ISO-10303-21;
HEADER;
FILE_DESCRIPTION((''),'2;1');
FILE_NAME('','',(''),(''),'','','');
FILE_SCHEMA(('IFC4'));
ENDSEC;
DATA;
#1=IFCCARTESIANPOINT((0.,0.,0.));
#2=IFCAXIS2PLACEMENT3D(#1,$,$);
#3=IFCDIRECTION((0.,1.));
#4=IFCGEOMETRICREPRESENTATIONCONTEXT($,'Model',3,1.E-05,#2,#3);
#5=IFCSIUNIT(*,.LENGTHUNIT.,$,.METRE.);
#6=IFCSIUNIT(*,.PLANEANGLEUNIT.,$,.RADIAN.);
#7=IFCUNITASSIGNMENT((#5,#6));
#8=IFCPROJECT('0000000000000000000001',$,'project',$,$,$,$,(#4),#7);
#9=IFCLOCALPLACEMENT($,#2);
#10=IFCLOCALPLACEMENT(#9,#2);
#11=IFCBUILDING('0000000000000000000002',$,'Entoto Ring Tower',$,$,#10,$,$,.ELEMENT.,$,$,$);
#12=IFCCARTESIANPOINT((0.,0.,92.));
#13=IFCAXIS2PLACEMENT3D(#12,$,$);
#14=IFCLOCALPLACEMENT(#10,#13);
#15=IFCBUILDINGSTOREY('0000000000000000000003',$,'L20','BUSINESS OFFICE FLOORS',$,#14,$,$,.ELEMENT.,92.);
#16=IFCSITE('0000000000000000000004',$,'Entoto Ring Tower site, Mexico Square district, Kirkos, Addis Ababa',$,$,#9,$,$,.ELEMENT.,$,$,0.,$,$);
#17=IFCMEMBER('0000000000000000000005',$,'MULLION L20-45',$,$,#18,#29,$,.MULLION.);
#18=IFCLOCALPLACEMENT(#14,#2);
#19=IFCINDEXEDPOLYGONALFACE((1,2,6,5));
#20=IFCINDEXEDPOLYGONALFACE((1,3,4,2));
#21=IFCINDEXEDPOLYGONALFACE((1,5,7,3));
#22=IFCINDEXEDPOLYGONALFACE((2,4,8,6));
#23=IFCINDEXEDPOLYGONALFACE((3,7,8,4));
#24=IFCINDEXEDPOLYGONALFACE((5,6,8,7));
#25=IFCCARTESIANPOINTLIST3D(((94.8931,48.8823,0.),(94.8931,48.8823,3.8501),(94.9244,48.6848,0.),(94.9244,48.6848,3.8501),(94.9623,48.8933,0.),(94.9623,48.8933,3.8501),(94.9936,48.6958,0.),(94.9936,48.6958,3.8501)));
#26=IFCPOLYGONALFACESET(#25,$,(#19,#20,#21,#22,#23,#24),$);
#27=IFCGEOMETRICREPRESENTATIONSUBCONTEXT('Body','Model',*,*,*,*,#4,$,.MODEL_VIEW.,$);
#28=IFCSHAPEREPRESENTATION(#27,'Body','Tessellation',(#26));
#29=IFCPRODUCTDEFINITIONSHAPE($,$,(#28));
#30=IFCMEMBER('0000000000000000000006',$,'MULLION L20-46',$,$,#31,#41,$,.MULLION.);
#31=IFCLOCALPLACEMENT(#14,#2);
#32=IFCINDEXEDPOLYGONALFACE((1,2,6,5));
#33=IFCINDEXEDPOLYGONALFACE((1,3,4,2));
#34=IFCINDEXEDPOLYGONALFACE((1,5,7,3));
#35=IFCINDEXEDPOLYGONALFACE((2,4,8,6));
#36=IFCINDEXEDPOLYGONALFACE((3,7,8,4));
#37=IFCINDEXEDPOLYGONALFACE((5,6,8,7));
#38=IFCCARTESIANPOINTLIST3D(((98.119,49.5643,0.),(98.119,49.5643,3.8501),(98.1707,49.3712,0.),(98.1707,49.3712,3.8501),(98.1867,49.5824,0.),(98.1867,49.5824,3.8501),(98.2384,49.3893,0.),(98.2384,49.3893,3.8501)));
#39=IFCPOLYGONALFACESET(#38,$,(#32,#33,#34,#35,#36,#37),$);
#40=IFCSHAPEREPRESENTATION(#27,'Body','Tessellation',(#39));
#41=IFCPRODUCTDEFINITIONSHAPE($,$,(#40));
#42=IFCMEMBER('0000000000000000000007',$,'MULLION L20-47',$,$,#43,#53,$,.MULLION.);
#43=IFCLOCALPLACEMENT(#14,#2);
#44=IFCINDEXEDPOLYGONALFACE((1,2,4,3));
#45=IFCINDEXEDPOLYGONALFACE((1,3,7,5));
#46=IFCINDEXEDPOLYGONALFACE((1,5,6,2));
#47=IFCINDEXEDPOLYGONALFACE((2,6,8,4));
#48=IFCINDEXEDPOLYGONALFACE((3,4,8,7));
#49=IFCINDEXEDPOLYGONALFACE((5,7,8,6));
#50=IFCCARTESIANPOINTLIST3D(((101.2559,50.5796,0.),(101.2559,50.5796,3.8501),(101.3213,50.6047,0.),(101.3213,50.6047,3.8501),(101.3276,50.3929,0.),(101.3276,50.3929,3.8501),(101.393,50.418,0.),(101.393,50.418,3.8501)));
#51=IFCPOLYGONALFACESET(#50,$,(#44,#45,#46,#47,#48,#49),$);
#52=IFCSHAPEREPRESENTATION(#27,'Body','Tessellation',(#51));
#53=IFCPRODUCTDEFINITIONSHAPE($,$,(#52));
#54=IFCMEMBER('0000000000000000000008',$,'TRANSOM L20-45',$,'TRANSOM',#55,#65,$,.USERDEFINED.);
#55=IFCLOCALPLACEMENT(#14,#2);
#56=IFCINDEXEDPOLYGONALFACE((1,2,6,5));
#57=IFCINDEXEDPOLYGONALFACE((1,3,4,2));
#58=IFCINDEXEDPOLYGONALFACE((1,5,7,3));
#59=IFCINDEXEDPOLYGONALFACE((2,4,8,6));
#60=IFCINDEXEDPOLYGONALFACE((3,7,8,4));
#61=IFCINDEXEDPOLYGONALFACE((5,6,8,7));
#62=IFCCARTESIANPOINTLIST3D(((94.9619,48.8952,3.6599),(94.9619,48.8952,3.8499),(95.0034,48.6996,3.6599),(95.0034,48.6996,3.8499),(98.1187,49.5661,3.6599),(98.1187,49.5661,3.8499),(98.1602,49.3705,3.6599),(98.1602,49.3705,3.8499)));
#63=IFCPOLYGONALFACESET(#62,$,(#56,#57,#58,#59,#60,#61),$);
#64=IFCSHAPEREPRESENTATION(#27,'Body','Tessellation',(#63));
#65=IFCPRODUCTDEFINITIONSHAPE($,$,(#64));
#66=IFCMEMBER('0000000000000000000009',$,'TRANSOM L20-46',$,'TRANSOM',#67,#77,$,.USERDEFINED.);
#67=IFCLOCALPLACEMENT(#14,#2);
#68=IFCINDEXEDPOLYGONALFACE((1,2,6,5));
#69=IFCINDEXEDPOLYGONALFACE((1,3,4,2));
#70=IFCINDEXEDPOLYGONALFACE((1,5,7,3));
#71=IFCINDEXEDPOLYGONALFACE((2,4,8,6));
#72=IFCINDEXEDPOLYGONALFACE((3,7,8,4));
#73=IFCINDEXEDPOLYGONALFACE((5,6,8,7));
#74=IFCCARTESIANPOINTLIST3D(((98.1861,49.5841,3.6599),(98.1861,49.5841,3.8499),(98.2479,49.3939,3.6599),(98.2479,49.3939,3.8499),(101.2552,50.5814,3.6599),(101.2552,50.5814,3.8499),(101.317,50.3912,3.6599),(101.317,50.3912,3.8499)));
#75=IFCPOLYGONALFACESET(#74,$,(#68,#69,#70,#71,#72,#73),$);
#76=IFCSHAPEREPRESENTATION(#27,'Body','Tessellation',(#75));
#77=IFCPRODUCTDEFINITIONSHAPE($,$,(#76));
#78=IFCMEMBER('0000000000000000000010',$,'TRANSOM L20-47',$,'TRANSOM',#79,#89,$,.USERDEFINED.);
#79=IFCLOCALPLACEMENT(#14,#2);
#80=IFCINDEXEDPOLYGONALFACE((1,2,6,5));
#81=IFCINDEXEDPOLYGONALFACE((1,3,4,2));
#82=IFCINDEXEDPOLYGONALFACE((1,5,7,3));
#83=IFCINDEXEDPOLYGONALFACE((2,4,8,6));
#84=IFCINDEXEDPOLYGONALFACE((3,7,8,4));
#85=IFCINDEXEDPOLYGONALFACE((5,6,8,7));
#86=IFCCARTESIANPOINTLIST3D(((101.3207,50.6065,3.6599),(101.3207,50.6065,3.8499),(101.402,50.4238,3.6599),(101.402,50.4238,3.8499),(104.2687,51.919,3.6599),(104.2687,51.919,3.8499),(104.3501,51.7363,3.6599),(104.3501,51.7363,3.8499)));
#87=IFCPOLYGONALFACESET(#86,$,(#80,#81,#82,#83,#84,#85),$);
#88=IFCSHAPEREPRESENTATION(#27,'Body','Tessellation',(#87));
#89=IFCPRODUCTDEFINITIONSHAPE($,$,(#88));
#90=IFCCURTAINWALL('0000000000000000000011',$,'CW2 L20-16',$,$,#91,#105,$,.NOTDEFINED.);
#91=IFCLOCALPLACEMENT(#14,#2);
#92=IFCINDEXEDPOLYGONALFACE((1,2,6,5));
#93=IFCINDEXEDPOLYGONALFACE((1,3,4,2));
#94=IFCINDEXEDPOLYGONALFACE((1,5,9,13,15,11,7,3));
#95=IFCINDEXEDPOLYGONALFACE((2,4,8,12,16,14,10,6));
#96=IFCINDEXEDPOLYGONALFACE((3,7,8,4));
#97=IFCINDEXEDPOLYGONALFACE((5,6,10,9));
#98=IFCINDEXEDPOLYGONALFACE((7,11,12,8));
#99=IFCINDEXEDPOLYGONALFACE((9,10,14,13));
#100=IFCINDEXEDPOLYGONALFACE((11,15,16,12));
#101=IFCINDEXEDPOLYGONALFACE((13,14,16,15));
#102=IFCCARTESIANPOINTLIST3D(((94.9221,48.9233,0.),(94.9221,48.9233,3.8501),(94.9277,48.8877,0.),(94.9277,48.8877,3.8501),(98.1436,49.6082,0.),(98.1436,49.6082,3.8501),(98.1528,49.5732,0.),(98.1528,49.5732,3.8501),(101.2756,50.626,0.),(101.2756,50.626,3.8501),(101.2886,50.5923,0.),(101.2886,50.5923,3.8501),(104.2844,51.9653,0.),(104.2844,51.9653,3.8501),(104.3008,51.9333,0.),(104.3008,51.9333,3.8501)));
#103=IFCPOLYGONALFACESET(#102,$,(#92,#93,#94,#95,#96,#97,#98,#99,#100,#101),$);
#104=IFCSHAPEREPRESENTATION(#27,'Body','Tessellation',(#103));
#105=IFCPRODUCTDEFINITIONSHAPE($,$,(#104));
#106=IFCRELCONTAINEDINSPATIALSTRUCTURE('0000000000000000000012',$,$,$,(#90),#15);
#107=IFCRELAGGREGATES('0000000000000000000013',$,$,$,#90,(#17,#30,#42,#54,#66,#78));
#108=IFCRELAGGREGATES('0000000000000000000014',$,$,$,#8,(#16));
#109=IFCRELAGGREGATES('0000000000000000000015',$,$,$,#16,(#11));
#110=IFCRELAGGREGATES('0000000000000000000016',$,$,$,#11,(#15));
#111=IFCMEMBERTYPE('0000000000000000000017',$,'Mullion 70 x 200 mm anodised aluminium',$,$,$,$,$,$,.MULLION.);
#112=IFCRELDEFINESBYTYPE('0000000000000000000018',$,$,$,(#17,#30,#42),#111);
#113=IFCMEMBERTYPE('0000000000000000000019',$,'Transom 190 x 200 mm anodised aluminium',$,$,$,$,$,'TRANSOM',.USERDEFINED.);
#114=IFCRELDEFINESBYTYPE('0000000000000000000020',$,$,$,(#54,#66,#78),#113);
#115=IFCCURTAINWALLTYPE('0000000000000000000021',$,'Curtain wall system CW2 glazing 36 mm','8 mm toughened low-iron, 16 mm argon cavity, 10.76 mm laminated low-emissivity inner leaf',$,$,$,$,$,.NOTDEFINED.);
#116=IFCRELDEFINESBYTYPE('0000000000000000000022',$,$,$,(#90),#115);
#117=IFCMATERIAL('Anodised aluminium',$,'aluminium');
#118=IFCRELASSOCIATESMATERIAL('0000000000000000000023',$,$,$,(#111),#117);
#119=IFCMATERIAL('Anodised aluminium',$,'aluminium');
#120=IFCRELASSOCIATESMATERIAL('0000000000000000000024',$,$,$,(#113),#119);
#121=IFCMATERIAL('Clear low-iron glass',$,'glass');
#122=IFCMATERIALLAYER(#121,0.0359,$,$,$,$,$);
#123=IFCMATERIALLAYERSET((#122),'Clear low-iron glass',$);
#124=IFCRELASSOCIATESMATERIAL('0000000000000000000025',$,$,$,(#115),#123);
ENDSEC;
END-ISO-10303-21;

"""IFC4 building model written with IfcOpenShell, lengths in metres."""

from ifc_helpers import new_model, si_unit, direction, frame, origin, origin_2d, place, context, subcontext, project, spatial, polyline, rectangle, outline, extrude, material, layer, layer_set, material_profile, profile_set, type_object, element, aggregate, save


model = new_model("IFC4")

# Units and contexts
model_context = context("Model", 3, precision=1e-05, world=origin(), true_north=direction((0.0, 1.0)))
body_context = subcontext(model_context, "Body", "Model", "MODEL_VIEW")
ifc_project = project(units=[si_unit("LENGTHUNIT", "METRE"), si_unit("PLANEANGLEUNIT", "RADIAN")], contexts=[model_context])

# Members
ifc_material_1 = material(Name="Anodised aluminium", Category="aluminium")
ifc_material_profile_1 = material_profile(ifc_material_1, rectangle(XDim=0.0701, YDim=0.2, at=origin_2d()), Name="Mullion 70 x 200 mm anodised aluminium")
ifc_profile_set_1 = profile_set([ifc_material_profile_1], Name="Anodised aluminium")
member_type_1 = type_object("IfcMemberType", Name="Mullion 70 x 200 mm anodised aluminium", PredefinedType="MULLION", material=ifc_profile_set_1)
site_placement = place(None, origin())
building_placement = place(site_placement, origin())
storey_placement = place(building_placement, frame((0.0, 0.0, 92.0)))
member_1_placement = place(storey_placement, frame((94.9434, 48.7891, 0.0), z_axis=(0.0, 0.0, 1.0), x_axis=(0.987688, 0.156434, 0.0)))
member_1 = element("IfcMember", 1, at=member_1_placement, type_object=member_type_1, Name="MULLION L20-45", PredefinedType="MULLION", context=body_context, shape_type="SweptSolid", body=[
    extrude(rectangle(XDim=0.0701, YDim=0.2, at=origin_2d()), origin(), (0.0, 0.0, 1.0), 3.8501),
])
member_2_placement = place(storey_placement, frame((98.1787, 49.4768, 0.0), z_axis=(0.0, 0.0, 1.0), x_axis=(0.965926, 0.258819, 0.0)))
member_2 = element("IfcMember", 2, at=member_2_placement, type_object=member_type_1, Name="MULLION L20-46", PredefinedType="MULLION", context=body_context, shape_type="SweptSolid", body=[
    extrude(rectangle(XDim=0.0701, YDim=0.2, at=origin_2d()), origin(), (0.0, 0.0, 1.0), 3.8501),
])
member_3_placement = place(storey_placement, frame((101.3245, 50.4988, 0.0), z_axis=(0.0, 0.0, 1.0), x_axis=(0.93358, 0.358368, 0.0)))
member_3 = element("IfcMember", 3, at=member_3_placement, type_object=member_type_1, Name="MULLION L20-47", PredefinedType="MULLION", context=body_context, shape_type="SweptSolid", body=[
    extrude(rectangle(XDim=0.0701, YDim=0.2, at=origin_2d()), origin(), (0.0, 0.0, 1.0), 3.8501),
])
ifc_material_2 = material(Name="Anodised aluminium", Category="aluminium")
ifc_material_profile_2 = material_profile(ifc_material_2, rectangle(XDim=0.2, YDim=0.1899, at=origin_2d()), Name="Transom 190 x 200 mm anodised aluminium")
ifc_profile_set_2 = profile_set([ifc_material_profile_2], Name="Anodised aluminium")
member_type_2 = type_object("IfcMemberType", Name="Transom 190 x 200 mm anodised aluminium", ElementType="TRANSOM", PredefinedType="USERDEFINED", material=ifc_profile_set_2)
member_4_placement = place(storey_placement, frame((94.9827, 48.7974, 3.7549), z_axis=(0.978153, 0.207886, 0.0), x_axis=(-0.207886, 0.978153, 0.0)))
member_4 = element("IfcMember", 4, at=member_4_placement, type_object=member_type_2, Name="TRANSOM L20-45", ObjectType="TRANSOM", PredefinedType="USERDEFINED", context=body_context, shape_type="SweptSolid", body=[
    extrude(rectangle(XDim=0.2, YDim=0.1899, at=origin_2d()), origin(), (0.0, 0.0, 1.0), 3.2273),
])
member_5_placement = place(storey_placement, frame((98.217, 49.489, 3.7549), z_axis=(0.951047, 0.309047, 0.0), x_axis=(-0.309047, 0.951047, 0.0)))
member_5 = element("IfcMember", 5, at=member_5_placement, type_object=member_type_2, Name="TRANSOM L20-46", ObjectType="TRANSOM", PredefinedType="USERDEFINED", context=body_context, shape_type="SweptSolid", body=[
    extrude(rectangle(XDim=0.2, YDim=0.1899, at=origin_2d()), origin(), (0.0, 0.0, 1.0), 3.2271),
])
member_6_placement = place(storey_placement, frame((101.3613, 50.5151, 3.7549), z_axis=(0.913549, 0.406728, 0.0), x_axis=(-0.406728, 0.913549, 0.0)))
member_6 = element("IfcMember", 6, at=member_6_placement, type_object=member_type_2, Name="TRANSOM L20-47", ObjectType="TRANSOM", PredefinedType="USERDEFINED", context=body_context, shape_type="SweptSolid", body=[
    extrude(rectangle(XDim=0.2, YDim=0.1899, at=origin_2d()), origin(), (0.0, 0.0, 1.0), 3.2271),
])

# Site, building, storey
site = spatial("IfcSite", under=ifc_project, at=site_placement, Name="Entoto Ring Tower site, Mexico Square district, Kirkos, Addis Ababa", CompositionType="ELEMENT", RefElevation=0.0)
building = spatial("IfcBuilding", under=site, at=building_placement, Name="Entoto Ring Tower", CompositionType="ELEMENT")
storey = spatial("IfcBuildingStorey", under=building, at=storey_placement, Name="L20", Description="BUSINESS OFFICE FLOORS", CompositionType="ELEMENT", Elevation=92.0)

# Curtain wall
ifc_material_3 = material(Name="Clear low-iron glass", Category="glass")
ifc_layer = layer(ifc_material_3, 0.0359)
ifc_layer_set = layer_set([ifc_layer], Name="Clear low-iron glass")
curtain_wall_type = type_object("IfcCurtainWallType", Name="Curtain wall system CW2 glazing 36 mm", Description="8 mm toughened low-iron, 16 mm argon cavity, 10.76 mm laminated low-emissivity inner leaf", PredefinedType="NOTDEFINED", material=ifc_layer_set)
curtain_wall_1_placement = place(storey_placement, origin())
curtain_wall_1 = element("IfcCurtainWall", 7, at=curtain_wall_1_placement, inside=storey, type_object=curtain_wall_type, Name="CW2 L20-16", PredefinedType="NOTDEFINED", context=body_context, shape_type="SweptSolid", body=[
    extrude(outline(polyline([(94.9277, 48.8877), (98.1528, 49.5732), (101.2886, 50.5923), (104.3008, 51.9333), (104.2844, 51.9653), (101.2756, 50.626), (98.1436, 49.6082), (94.9221, 48.9233), (94.9277, 48.8877)])), origin(), (0.0, 0.0, 1.0), 3.8501),
])
aggregate(curtain_wall_1, [member_1, member_2, member_3, member_4, member_5, member_6])

save(model, "model.ifc")
